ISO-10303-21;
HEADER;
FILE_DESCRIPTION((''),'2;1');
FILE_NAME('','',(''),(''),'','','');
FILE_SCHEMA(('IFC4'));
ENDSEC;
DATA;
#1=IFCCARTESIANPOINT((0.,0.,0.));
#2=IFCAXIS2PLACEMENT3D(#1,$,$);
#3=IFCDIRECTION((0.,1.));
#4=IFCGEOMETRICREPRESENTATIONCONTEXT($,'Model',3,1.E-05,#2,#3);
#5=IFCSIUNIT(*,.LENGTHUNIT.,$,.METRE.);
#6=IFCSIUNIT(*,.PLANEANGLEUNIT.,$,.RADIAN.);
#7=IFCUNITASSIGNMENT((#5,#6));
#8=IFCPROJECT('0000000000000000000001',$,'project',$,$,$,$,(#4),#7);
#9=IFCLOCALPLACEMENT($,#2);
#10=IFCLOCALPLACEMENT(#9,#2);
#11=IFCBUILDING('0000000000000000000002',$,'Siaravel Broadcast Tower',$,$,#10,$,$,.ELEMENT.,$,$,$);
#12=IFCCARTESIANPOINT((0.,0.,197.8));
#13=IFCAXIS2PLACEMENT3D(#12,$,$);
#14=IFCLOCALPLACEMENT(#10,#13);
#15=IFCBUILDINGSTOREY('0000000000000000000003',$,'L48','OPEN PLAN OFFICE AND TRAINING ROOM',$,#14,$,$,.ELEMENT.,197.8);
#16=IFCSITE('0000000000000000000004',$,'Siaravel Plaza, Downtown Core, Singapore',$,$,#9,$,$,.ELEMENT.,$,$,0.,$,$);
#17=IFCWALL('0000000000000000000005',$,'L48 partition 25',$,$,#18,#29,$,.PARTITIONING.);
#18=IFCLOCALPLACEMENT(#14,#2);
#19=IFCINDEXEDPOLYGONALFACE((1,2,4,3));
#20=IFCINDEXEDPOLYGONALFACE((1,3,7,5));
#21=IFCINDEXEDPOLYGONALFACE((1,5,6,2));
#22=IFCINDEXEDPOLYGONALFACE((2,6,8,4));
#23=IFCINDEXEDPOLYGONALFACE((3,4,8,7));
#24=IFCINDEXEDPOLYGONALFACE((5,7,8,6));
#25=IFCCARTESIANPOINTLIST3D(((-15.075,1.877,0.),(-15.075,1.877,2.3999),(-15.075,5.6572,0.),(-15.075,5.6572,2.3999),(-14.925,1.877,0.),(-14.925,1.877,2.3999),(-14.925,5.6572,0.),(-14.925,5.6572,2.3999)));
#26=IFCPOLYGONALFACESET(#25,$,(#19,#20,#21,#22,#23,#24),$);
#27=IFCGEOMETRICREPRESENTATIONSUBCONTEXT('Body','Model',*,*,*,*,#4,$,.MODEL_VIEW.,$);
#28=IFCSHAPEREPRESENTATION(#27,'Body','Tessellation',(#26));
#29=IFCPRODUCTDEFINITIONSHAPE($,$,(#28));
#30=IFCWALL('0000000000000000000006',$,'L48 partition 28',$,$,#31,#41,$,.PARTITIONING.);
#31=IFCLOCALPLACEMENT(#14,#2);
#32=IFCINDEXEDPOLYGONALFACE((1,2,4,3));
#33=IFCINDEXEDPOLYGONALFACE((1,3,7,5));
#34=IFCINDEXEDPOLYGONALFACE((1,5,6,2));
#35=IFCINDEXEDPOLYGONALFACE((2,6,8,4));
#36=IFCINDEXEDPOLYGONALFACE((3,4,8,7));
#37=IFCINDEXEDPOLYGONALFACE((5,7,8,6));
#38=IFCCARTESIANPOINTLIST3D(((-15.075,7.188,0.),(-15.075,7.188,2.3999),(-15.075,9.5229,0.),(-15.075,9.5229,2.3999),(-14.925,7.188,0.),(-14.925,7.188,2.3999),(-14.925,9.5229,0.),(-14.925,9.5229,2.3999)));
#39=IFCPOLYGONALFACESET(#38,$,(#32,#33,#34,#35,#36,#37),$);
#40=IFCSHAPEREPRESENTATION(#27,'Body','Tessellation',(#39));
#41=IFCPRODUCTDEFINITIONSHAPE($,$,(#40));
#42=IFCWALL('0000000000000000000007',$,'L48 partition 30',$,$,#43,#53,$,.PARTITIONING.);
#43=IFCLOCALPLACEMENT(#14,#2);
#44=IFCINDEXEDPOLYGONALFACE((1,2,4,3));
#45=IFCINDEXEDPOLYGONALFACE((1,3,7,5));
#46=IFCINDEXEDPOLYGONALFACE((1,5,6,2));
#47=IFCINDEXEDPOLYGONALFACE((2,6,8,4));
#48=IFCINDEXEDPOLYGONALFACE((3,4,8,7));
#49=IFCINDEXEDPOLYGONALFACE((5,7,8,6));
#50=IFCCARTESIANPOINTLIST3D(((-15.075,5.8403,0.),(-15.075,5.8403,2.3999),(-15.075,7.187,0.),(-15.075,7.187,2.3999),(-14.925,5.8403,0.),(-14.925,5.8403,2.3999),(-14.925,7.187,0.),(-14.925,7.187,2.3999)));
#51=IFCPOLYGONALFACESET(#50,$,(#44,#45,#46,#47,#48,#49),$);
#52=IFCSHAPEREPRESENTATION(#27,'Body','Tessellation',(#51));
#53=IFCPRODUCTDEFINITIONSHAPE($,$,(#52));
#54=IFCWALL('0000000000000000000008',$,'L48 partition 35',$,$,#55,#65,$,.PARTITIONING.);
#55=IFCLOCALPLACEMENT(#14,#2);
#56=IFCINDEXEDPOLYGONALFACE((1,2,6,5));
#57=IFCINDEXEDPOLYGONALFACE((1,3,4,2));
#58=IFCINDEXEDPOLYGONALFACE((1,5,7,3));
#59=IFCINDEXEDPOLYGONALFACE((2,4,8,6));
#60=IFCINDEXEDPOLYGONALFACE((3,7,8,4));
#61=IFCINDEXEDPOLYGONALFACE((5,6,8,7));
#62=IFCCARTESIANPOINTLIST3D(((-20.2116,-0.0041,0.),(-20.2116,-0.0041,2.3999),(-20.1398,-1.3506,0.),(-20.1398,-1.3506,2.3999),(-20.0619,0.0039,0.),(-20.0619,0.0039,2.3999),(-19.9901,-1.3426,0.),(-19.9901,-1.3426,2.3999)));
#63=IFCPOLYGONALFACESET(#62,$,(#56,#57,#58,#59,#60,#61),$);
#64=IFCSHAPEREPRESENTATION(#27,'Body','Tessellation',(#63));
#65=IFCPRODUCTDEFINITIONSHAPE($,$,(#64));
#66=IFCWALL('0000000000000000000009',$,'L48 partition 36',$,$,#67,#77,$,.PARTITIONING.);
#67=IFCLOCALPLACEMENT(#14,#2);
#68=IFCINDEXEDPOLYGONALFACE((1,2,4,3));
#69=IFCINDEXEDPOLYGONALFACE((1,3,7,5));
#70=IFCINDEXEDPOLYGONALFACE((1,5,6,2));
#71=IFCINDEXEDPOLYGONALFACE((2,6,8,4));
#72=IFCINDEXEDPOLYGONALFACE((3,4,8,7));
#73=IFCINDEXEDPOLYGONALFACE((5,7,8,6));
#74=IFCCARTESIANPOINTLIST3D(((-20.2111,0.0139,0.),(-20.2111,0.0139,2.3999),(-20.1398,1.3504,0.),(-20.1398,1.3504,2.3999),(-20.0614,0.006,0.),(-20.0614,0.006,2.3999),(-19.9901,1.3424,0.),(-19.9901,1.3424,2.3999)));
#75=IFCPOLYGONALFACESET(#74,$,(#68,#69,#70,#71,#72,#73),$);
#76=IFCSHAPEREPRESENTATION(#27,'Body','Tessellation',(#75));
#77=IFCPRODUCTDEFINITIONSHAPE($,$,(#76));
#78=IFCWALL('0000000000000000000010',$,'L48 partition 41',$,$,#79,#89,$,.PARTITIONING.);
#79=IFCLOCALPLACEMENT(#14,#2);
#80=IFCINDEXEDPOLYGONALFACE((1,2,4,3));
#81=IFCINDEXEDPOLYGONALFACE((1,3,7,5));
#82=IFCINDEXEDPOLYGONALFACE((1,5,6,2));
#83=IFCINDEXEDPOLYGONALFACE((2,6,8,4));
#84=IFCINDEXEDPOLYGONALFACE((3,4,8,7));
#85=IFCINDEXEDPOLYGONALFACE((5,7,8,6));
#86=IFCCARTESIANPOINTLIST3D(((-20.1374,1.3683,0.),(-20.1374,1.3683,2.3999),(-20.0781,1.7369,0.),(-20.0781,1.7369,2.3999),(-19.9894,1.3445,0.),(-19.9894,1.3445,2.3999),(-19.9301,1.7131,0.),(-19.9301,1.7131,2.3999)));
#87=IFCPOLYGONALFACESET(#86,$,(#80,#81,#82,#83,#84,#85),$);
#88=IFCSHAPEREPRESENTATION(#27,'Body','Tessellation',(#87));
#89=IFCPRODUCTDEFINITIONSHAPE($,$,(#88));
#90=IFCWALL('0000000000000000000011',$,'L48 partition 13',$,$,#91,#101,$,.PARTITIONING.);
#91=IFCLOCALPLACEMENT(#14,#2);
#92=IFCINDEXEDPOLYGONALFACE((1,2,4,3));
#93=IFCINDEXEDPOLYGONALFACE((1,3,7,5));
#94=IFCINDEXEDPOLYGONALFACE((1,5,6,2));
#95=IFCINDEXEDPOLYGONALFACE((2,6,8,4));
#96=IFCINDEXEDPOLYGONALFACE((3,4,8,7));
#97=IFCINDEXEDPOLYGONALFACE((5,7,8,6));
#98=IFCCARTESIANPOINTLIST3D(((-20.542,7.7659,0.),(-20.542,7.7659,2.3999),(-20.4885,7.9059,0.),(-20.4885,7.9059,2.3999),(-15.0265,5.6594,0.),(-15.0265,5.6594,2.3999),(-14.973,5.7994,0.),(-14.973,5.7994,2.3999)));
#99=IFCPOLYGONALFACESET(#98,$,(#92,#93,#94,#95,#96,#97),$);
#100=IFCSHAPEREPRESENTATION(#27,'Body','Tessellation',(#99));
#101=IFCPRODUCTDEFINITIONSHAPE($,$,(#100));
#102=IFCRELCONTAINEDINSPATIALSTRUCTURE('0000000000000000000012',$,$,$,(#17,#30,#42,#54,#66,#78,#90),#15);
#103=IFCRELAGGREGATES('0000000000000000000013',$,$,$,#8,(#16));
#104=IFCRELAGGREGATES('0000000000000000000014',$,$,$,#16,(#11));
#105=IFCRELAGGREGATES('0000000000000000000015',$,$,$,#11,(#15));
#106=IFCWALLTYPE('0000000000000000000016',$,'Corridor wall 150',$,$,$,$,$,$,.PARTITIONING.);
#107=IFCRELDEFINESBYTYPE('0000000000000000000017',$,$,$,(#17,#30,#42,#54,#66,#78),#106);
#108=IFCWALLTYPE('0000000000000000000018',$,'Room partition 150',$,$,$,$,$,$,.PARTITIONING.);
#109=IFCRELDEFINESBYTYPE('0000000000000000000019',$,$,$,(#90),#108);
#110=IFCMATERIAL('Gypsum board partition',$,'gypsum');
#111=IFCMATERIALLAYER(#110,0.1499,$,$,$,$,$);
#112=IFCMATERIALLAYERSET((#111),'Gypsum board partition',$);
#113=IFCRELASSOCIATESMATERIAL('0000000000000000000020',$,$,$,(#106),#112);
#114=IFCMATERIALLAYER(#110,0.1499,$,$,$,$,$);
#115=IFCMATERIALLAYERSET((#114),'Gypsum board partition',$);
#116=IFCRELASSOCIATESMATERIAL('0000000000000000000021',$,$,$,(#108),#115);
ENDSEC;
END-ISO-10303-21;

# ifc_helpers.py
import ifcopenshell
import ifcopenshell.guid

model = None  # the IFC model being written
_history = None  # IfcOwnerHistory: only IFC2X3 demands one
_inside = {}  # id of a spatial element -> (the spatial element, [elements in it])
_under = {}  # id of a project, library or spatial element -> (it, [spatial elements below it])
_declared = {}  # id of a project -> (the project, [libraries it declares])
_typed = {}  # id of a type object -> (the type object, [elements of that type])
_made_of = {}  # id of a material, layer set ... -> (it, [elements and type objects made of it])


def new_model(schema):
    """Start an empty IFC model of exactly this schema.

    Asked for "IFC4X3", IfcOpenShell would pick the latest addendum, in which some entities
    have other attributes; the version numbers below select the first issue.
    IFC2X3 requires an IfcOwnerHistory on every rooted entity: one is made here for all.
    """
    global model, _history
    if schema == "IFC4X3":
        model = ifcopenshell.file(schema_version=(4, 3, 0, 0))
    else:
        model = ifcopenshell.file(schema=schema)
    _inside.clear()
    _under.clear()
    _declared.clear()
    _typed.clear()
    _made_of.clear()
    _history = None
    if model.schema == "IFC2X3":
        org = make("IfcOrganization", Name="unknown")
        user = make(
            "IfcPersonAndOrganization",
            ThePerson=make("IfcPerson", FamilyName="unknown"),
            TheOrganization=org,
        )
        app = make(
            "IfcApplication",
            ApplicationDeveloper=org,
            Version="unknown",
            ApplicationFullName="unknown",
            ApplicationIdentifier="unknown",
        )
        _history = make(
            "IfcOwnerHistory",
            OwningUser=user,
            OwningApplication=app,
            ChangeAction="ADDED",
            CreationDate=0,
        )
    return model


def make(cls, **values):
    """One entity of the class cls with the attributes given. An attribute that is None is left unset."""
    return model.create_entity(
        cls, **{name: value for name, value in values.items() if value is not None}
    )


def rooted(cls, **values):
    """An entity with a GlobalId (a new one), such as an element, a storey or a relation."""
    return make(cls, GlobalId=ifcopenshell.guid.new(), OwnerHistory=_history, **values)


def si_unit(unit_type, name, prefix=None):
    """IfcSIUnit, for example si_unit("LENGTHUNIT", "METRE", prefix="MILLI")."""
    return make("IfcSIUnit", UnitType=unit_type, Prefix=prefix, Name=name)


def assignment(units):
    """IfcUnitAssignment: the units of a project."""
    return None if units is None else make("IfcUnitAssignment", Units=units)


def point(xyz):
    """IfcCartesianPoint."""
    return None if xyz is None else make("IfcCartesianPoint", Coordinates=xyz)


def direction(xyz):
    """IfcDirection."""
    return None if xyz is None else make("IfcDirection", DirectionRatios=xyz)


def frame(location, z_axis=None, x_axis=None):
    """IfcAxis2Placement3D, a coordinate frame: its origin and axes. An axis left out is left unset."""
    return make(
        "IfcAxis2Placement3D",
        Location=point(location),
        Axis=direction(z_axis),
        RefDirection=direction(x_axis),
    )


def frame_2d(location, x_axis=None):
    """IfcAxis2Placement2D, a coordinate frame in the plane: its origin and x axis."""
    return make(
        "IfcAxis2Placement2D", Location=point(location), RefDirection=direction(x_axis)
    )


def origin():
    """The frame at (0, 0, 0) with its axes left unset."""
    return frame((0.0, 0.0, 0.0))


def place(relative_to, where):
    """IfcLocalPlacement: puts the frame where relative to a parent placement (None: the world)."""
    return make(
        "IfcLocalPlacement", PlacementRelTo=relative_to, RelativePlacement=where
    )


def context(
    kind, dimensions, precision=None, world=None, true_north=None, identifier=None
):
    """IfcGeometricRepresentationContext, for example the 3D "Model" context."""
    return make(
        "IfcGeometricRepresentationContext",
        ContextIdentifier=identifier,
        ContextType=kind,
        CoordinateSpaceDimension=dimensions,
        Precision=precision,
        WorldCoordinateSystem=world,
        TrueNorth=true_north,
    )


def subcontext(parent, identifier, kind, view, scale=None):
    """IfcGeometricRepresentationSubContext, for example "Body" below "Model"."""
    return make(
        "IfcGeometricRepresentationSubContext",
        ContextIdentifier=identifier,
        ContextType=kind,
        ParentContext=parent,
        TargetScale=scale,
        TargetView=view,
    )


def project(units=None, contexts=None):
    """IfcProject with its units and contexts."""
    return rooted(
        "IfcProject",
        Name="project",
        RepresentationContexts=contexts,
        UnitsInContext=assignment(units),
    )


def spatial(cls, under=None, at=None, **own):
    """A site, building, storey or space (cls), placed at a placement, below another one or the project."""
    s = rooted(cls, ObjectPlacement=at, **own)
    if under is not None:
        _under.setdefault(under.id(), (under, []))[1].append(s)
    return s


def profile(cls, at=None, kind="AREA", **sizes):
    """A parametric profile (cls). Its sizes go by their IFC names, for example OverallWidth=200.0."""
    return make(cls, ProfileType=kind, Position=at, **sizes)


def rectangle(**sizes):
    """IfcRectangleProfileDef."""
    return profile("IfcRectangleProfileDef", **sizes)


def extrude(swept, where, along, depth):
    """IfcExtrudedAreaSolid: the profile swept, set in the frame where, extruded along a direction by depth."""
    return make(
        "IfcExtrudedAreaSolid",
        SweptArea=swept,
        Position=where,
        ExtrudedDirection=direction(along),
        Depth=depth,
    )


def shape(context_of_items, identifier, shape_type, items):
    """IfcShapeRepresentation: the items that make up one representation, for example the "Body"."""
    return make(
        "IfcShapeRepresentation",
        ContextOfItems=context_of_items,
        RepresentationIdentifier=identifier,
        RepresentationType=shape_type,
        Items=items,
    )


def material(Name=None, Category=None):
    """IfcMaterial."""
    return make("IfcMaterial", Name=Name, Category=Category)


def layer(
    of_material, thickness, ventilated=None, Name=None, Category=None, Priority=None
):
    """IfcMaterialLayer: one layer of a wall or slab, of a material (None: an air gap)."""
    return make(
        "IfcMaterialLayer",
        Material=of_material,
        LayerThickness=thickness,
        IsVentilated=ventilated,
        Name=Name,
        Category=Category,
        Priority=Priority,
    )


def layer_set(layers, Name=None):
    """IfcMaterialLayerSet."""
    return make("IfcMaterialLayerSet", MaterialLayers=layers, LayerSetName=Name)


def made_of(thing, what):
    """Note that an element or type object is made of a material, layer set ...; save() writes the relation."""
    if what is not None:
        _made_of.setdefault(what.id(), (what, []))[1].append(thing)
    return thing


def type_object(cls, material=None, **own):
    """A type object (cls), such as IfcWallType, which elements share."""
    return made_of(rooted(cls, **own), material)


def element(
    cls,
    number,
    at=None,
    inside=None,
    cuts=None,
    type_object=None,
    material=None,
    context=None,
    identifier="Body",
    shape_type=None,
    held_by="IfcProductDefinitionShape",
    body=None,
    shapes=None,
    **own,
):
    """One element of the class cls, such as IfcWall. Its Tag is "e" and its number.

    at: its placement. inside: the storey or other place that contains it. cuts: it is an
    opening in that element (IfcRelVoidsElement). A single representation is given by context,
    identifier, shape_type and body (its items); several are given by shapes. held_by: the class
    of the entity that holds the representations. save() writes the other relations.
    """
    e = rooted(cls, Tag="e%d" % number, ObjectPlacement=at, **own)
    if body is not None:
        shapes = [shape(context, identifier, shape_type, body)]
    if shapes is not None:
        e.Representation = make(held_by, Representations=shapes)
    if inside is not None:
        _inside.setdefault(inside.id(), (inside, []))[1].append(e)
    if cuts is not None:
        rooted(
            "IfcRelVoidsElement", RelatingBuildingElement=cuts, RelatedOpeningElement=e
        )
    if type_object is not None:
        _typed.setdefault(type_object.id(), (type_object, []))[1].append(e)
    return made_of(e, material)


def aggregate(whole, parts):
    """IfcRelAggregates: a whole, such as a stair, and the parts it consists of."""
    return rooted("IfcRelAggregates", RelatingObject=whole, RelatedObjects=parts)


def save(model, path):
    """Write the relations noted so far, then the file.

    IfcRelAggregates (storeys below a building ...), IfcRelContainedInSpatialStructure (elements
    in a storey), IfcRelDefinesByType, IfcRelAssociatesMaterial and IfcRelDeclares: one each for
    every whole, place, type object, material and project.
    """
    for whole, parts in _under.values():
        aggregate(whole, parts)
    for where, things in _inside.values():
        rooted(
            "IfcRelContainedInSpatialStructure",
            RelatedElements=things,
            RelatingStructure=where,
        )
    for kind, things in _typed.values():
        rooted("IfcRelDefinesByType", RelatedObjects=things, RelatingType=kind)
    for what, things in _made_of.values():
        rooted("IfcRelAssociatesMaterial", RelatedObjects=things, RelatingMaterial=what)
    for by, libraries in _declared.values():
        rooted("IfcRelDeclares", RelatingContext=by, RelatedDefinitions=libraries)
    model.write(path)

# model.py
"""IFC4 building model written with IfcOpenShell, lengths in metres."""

from ifc_helpers import new_model, si_unit, direction, frame, frame_2d, origin, place, context, subcontext, project, spatial, rectangle, extrude, material, layer, layer_set, type_object, element, save


model = new_model("IFC4")

# Units and contexts
model_context = context("Model", 3, precision=1e-05, world=origin(), true_north=direction((0.0, 1.0)))
body_context = subcontext(model_context, "Body", "Model", "MODEL_VIEW")
ifc_project = project(units=[si_unit("LENGTHUNIT", "METRE"), si_unit("PLANEANGLEUNIT", "RADIAN")], contexts=[model_context])

# Site, building, storey
site_placement = place(None, origin())
site = spatial("IfcSite", under=ifc_project, at=site_placement, Name="Siaravel Plaza, Downtown Core, Singapore", CompositionType="ELEMENT", RefElevation=0.0)
building_placement = place(site_placement, origin())
building = spatial("IfcBuilding", under=site, at=building_placement, Name="Siaravel Broadcast Tower", CompositionType="ELEMENT")
storey_placement = place(building_placement, frame((0.0, 0.0, 197.8)))
storey = spatial("IfcBuildingStorey", under=building, at=storey_placement, Name="L48", Description="OPEN PLAN OFFICE AND TRAINING ROOM", CompositionType="ELEMENT", Elevation=197.8)

# Walls
ifc_material_1 = material(Name="Gypsum board partition", Category="gypsum")
ifc_layer_1 = layer(ifc_material_1, 0.1499)
ifc_layer_set_1 = layer_set([ifc_layer_1], Name="Gypsum board partition")
wall_type_1 = type_object("IfcWallType", Name="Corridor wall 150", PredefinedType="PARTITIONING", material=ifc_layer_set_1)
wall_1_placement = place(storey_placement, frame((-15.0, 5.6572, 0.0), z_axis=(0.0, 0.0, 1.0), x_axis=(0.0, -1.0, 0.0)))
element("IfcWall", 1, at=wall_1_placement, inside=storey, type_object=wall_type_1, Name="L48 partition 25", PredefinedType="PARTITIONING", context=body_context, shape_type="SweptSolid", body=[
    extrude(rectangle(XDim=3.7803, YDim=0.1499, at=frame_2d((1.8901, 0.0))), origin(), (0.0, 0.0, 1.0), 2.3999),
])
wall_2_placement = place(storey_placement, frame((-15.0, 9.5229, 0.0), z_axis=(0.0, 0.0, 1.0), x_axis=(0.0, -1.0, 0.0)))
element("IfcWall", 2, at=wall_2_placement, inside=storey, type_object=wall_type_1, Name="L48 partition 28", PredefinedType="PARTITIONING", context=body_context, shape_type="SweptSolid", body=[
    extrude(rectangle(XDim=2.335, YDim=0.1499, at=frame_2d((1.1675, 0.0))), origin(), (0.0, 0.0, 1.0), 2.3999),
])
wall_3_placement = place(storey_placement, frame((-15.0, 7.187, 0.0), z_axis=(0.0, 0.0, 1.0), x_axis=(0.0, -1.0, 0.0)))
element("IfcWall", 3, at=wall_3_placement, inside=storey, type_object=wall_type_1, Name="L48 partition 30", PredefinedType="PARTITIONING", context=body_context, shape_type="SweptSolid", body=[
    extrude(rectangle(XDim=1.3467, YDim=0.1499, at=frame_2d((0.6733, 0.0))), origin(), (0.0, 0.0, 1.0), 2.3999),
])
wall_4_placement = place(storey_placement, frame((-20.1367, 0.0, 0.0), z_axis=(0.0, 0.0, 1.0), x_axis=(0.053234, -0.998582, 0.0)))
element("IfcWall", 4, at=wall_4_placement, inside=storey, type_object=wall_type_1, Name="L48 partition 35", PredefinedType="PARTITIONING", context=body_context, shape_type="SweptSolid", body=[
    extrude(rectangle(XDim=1.3484, YDim=0.1499, at=frame_2d((0.6743, 0.0))), origin(), (0.0, 0.0, 1.0), 2.3999),
])
wall_5_placement = place(storey_placement, frame((-20.0649, 1.3464, 0.0), z_axis=(0.0, 0.0, 1.0), x_axis=(-0.053267, -0.99858, 0.0)))
element("IfcWall", 5, at=wall_5_placement, inside=storey, type_object=wall_type_1, Name="L48 partition 36", PredefinedType="PARTITIONING", context=body_context, shape_type="SweptSolid", body=[
    extrude(rectangle(XDim=1.3384, YDim=0.1499, at=frame_2d((0.6692, 0.0))), origin(), (0.0, 0.0, 1.0), 2.3999),
])
wall_6_placement = place(storey_placement, frame((-20.0042, 1.7249, 0.0), z_axis=(0.0, 0.0, 1.0), x_axis=(-0.158883, -0.987297, 0.0)))
element("IfcWall", 6, at=wall_6_placement, inside=storey, type_object=wall_type_1, Name="L48 partition 41", PredefinedType="PARTITIONING", context=body_context, shape_type="SweptSolid", body=[
    extrude(rectangle(XDim=0.3733, YDim=0.1499, at=frame_2d((0.1865, 0.0))), origin(), (0.0, 0.0, 1.0), 2.3999),
])
ifc_layer_2 = layer(ifc_material_1, 0.1499)
ifc_layer_set_2 = layer_set([ifc_layer_2], Name="Gypsum board partition")
wall_type_2 = type_object("IfcWallType", Name="Room partition 150", PredefinedType="PARTITIONING", material=ifc_layer_set_2)
wall_7_placement = place(storey_placement, frame((-20.5154, 7.8359, 0.0), z_axis=(0.0, 0.0, 1.0), x_axis=(0.934186, -0.356786, 0.0)))
element("IfcWall", 7, at=wall_7_placement, inside=storey, type_object=wall_type_2, Name="L48 partition 13", PredefinedType="PARTITIONING", context=body_context, shape_type="SweptSolid", body=[
    extrude(rectangle(XDim=5.9041, YDim=0.1499, at=frame_2d((2.9521, 0.0))), origin(), (0.0, 0.0, 1.0), 2.3999),
])

save(model, "model.ifc")
